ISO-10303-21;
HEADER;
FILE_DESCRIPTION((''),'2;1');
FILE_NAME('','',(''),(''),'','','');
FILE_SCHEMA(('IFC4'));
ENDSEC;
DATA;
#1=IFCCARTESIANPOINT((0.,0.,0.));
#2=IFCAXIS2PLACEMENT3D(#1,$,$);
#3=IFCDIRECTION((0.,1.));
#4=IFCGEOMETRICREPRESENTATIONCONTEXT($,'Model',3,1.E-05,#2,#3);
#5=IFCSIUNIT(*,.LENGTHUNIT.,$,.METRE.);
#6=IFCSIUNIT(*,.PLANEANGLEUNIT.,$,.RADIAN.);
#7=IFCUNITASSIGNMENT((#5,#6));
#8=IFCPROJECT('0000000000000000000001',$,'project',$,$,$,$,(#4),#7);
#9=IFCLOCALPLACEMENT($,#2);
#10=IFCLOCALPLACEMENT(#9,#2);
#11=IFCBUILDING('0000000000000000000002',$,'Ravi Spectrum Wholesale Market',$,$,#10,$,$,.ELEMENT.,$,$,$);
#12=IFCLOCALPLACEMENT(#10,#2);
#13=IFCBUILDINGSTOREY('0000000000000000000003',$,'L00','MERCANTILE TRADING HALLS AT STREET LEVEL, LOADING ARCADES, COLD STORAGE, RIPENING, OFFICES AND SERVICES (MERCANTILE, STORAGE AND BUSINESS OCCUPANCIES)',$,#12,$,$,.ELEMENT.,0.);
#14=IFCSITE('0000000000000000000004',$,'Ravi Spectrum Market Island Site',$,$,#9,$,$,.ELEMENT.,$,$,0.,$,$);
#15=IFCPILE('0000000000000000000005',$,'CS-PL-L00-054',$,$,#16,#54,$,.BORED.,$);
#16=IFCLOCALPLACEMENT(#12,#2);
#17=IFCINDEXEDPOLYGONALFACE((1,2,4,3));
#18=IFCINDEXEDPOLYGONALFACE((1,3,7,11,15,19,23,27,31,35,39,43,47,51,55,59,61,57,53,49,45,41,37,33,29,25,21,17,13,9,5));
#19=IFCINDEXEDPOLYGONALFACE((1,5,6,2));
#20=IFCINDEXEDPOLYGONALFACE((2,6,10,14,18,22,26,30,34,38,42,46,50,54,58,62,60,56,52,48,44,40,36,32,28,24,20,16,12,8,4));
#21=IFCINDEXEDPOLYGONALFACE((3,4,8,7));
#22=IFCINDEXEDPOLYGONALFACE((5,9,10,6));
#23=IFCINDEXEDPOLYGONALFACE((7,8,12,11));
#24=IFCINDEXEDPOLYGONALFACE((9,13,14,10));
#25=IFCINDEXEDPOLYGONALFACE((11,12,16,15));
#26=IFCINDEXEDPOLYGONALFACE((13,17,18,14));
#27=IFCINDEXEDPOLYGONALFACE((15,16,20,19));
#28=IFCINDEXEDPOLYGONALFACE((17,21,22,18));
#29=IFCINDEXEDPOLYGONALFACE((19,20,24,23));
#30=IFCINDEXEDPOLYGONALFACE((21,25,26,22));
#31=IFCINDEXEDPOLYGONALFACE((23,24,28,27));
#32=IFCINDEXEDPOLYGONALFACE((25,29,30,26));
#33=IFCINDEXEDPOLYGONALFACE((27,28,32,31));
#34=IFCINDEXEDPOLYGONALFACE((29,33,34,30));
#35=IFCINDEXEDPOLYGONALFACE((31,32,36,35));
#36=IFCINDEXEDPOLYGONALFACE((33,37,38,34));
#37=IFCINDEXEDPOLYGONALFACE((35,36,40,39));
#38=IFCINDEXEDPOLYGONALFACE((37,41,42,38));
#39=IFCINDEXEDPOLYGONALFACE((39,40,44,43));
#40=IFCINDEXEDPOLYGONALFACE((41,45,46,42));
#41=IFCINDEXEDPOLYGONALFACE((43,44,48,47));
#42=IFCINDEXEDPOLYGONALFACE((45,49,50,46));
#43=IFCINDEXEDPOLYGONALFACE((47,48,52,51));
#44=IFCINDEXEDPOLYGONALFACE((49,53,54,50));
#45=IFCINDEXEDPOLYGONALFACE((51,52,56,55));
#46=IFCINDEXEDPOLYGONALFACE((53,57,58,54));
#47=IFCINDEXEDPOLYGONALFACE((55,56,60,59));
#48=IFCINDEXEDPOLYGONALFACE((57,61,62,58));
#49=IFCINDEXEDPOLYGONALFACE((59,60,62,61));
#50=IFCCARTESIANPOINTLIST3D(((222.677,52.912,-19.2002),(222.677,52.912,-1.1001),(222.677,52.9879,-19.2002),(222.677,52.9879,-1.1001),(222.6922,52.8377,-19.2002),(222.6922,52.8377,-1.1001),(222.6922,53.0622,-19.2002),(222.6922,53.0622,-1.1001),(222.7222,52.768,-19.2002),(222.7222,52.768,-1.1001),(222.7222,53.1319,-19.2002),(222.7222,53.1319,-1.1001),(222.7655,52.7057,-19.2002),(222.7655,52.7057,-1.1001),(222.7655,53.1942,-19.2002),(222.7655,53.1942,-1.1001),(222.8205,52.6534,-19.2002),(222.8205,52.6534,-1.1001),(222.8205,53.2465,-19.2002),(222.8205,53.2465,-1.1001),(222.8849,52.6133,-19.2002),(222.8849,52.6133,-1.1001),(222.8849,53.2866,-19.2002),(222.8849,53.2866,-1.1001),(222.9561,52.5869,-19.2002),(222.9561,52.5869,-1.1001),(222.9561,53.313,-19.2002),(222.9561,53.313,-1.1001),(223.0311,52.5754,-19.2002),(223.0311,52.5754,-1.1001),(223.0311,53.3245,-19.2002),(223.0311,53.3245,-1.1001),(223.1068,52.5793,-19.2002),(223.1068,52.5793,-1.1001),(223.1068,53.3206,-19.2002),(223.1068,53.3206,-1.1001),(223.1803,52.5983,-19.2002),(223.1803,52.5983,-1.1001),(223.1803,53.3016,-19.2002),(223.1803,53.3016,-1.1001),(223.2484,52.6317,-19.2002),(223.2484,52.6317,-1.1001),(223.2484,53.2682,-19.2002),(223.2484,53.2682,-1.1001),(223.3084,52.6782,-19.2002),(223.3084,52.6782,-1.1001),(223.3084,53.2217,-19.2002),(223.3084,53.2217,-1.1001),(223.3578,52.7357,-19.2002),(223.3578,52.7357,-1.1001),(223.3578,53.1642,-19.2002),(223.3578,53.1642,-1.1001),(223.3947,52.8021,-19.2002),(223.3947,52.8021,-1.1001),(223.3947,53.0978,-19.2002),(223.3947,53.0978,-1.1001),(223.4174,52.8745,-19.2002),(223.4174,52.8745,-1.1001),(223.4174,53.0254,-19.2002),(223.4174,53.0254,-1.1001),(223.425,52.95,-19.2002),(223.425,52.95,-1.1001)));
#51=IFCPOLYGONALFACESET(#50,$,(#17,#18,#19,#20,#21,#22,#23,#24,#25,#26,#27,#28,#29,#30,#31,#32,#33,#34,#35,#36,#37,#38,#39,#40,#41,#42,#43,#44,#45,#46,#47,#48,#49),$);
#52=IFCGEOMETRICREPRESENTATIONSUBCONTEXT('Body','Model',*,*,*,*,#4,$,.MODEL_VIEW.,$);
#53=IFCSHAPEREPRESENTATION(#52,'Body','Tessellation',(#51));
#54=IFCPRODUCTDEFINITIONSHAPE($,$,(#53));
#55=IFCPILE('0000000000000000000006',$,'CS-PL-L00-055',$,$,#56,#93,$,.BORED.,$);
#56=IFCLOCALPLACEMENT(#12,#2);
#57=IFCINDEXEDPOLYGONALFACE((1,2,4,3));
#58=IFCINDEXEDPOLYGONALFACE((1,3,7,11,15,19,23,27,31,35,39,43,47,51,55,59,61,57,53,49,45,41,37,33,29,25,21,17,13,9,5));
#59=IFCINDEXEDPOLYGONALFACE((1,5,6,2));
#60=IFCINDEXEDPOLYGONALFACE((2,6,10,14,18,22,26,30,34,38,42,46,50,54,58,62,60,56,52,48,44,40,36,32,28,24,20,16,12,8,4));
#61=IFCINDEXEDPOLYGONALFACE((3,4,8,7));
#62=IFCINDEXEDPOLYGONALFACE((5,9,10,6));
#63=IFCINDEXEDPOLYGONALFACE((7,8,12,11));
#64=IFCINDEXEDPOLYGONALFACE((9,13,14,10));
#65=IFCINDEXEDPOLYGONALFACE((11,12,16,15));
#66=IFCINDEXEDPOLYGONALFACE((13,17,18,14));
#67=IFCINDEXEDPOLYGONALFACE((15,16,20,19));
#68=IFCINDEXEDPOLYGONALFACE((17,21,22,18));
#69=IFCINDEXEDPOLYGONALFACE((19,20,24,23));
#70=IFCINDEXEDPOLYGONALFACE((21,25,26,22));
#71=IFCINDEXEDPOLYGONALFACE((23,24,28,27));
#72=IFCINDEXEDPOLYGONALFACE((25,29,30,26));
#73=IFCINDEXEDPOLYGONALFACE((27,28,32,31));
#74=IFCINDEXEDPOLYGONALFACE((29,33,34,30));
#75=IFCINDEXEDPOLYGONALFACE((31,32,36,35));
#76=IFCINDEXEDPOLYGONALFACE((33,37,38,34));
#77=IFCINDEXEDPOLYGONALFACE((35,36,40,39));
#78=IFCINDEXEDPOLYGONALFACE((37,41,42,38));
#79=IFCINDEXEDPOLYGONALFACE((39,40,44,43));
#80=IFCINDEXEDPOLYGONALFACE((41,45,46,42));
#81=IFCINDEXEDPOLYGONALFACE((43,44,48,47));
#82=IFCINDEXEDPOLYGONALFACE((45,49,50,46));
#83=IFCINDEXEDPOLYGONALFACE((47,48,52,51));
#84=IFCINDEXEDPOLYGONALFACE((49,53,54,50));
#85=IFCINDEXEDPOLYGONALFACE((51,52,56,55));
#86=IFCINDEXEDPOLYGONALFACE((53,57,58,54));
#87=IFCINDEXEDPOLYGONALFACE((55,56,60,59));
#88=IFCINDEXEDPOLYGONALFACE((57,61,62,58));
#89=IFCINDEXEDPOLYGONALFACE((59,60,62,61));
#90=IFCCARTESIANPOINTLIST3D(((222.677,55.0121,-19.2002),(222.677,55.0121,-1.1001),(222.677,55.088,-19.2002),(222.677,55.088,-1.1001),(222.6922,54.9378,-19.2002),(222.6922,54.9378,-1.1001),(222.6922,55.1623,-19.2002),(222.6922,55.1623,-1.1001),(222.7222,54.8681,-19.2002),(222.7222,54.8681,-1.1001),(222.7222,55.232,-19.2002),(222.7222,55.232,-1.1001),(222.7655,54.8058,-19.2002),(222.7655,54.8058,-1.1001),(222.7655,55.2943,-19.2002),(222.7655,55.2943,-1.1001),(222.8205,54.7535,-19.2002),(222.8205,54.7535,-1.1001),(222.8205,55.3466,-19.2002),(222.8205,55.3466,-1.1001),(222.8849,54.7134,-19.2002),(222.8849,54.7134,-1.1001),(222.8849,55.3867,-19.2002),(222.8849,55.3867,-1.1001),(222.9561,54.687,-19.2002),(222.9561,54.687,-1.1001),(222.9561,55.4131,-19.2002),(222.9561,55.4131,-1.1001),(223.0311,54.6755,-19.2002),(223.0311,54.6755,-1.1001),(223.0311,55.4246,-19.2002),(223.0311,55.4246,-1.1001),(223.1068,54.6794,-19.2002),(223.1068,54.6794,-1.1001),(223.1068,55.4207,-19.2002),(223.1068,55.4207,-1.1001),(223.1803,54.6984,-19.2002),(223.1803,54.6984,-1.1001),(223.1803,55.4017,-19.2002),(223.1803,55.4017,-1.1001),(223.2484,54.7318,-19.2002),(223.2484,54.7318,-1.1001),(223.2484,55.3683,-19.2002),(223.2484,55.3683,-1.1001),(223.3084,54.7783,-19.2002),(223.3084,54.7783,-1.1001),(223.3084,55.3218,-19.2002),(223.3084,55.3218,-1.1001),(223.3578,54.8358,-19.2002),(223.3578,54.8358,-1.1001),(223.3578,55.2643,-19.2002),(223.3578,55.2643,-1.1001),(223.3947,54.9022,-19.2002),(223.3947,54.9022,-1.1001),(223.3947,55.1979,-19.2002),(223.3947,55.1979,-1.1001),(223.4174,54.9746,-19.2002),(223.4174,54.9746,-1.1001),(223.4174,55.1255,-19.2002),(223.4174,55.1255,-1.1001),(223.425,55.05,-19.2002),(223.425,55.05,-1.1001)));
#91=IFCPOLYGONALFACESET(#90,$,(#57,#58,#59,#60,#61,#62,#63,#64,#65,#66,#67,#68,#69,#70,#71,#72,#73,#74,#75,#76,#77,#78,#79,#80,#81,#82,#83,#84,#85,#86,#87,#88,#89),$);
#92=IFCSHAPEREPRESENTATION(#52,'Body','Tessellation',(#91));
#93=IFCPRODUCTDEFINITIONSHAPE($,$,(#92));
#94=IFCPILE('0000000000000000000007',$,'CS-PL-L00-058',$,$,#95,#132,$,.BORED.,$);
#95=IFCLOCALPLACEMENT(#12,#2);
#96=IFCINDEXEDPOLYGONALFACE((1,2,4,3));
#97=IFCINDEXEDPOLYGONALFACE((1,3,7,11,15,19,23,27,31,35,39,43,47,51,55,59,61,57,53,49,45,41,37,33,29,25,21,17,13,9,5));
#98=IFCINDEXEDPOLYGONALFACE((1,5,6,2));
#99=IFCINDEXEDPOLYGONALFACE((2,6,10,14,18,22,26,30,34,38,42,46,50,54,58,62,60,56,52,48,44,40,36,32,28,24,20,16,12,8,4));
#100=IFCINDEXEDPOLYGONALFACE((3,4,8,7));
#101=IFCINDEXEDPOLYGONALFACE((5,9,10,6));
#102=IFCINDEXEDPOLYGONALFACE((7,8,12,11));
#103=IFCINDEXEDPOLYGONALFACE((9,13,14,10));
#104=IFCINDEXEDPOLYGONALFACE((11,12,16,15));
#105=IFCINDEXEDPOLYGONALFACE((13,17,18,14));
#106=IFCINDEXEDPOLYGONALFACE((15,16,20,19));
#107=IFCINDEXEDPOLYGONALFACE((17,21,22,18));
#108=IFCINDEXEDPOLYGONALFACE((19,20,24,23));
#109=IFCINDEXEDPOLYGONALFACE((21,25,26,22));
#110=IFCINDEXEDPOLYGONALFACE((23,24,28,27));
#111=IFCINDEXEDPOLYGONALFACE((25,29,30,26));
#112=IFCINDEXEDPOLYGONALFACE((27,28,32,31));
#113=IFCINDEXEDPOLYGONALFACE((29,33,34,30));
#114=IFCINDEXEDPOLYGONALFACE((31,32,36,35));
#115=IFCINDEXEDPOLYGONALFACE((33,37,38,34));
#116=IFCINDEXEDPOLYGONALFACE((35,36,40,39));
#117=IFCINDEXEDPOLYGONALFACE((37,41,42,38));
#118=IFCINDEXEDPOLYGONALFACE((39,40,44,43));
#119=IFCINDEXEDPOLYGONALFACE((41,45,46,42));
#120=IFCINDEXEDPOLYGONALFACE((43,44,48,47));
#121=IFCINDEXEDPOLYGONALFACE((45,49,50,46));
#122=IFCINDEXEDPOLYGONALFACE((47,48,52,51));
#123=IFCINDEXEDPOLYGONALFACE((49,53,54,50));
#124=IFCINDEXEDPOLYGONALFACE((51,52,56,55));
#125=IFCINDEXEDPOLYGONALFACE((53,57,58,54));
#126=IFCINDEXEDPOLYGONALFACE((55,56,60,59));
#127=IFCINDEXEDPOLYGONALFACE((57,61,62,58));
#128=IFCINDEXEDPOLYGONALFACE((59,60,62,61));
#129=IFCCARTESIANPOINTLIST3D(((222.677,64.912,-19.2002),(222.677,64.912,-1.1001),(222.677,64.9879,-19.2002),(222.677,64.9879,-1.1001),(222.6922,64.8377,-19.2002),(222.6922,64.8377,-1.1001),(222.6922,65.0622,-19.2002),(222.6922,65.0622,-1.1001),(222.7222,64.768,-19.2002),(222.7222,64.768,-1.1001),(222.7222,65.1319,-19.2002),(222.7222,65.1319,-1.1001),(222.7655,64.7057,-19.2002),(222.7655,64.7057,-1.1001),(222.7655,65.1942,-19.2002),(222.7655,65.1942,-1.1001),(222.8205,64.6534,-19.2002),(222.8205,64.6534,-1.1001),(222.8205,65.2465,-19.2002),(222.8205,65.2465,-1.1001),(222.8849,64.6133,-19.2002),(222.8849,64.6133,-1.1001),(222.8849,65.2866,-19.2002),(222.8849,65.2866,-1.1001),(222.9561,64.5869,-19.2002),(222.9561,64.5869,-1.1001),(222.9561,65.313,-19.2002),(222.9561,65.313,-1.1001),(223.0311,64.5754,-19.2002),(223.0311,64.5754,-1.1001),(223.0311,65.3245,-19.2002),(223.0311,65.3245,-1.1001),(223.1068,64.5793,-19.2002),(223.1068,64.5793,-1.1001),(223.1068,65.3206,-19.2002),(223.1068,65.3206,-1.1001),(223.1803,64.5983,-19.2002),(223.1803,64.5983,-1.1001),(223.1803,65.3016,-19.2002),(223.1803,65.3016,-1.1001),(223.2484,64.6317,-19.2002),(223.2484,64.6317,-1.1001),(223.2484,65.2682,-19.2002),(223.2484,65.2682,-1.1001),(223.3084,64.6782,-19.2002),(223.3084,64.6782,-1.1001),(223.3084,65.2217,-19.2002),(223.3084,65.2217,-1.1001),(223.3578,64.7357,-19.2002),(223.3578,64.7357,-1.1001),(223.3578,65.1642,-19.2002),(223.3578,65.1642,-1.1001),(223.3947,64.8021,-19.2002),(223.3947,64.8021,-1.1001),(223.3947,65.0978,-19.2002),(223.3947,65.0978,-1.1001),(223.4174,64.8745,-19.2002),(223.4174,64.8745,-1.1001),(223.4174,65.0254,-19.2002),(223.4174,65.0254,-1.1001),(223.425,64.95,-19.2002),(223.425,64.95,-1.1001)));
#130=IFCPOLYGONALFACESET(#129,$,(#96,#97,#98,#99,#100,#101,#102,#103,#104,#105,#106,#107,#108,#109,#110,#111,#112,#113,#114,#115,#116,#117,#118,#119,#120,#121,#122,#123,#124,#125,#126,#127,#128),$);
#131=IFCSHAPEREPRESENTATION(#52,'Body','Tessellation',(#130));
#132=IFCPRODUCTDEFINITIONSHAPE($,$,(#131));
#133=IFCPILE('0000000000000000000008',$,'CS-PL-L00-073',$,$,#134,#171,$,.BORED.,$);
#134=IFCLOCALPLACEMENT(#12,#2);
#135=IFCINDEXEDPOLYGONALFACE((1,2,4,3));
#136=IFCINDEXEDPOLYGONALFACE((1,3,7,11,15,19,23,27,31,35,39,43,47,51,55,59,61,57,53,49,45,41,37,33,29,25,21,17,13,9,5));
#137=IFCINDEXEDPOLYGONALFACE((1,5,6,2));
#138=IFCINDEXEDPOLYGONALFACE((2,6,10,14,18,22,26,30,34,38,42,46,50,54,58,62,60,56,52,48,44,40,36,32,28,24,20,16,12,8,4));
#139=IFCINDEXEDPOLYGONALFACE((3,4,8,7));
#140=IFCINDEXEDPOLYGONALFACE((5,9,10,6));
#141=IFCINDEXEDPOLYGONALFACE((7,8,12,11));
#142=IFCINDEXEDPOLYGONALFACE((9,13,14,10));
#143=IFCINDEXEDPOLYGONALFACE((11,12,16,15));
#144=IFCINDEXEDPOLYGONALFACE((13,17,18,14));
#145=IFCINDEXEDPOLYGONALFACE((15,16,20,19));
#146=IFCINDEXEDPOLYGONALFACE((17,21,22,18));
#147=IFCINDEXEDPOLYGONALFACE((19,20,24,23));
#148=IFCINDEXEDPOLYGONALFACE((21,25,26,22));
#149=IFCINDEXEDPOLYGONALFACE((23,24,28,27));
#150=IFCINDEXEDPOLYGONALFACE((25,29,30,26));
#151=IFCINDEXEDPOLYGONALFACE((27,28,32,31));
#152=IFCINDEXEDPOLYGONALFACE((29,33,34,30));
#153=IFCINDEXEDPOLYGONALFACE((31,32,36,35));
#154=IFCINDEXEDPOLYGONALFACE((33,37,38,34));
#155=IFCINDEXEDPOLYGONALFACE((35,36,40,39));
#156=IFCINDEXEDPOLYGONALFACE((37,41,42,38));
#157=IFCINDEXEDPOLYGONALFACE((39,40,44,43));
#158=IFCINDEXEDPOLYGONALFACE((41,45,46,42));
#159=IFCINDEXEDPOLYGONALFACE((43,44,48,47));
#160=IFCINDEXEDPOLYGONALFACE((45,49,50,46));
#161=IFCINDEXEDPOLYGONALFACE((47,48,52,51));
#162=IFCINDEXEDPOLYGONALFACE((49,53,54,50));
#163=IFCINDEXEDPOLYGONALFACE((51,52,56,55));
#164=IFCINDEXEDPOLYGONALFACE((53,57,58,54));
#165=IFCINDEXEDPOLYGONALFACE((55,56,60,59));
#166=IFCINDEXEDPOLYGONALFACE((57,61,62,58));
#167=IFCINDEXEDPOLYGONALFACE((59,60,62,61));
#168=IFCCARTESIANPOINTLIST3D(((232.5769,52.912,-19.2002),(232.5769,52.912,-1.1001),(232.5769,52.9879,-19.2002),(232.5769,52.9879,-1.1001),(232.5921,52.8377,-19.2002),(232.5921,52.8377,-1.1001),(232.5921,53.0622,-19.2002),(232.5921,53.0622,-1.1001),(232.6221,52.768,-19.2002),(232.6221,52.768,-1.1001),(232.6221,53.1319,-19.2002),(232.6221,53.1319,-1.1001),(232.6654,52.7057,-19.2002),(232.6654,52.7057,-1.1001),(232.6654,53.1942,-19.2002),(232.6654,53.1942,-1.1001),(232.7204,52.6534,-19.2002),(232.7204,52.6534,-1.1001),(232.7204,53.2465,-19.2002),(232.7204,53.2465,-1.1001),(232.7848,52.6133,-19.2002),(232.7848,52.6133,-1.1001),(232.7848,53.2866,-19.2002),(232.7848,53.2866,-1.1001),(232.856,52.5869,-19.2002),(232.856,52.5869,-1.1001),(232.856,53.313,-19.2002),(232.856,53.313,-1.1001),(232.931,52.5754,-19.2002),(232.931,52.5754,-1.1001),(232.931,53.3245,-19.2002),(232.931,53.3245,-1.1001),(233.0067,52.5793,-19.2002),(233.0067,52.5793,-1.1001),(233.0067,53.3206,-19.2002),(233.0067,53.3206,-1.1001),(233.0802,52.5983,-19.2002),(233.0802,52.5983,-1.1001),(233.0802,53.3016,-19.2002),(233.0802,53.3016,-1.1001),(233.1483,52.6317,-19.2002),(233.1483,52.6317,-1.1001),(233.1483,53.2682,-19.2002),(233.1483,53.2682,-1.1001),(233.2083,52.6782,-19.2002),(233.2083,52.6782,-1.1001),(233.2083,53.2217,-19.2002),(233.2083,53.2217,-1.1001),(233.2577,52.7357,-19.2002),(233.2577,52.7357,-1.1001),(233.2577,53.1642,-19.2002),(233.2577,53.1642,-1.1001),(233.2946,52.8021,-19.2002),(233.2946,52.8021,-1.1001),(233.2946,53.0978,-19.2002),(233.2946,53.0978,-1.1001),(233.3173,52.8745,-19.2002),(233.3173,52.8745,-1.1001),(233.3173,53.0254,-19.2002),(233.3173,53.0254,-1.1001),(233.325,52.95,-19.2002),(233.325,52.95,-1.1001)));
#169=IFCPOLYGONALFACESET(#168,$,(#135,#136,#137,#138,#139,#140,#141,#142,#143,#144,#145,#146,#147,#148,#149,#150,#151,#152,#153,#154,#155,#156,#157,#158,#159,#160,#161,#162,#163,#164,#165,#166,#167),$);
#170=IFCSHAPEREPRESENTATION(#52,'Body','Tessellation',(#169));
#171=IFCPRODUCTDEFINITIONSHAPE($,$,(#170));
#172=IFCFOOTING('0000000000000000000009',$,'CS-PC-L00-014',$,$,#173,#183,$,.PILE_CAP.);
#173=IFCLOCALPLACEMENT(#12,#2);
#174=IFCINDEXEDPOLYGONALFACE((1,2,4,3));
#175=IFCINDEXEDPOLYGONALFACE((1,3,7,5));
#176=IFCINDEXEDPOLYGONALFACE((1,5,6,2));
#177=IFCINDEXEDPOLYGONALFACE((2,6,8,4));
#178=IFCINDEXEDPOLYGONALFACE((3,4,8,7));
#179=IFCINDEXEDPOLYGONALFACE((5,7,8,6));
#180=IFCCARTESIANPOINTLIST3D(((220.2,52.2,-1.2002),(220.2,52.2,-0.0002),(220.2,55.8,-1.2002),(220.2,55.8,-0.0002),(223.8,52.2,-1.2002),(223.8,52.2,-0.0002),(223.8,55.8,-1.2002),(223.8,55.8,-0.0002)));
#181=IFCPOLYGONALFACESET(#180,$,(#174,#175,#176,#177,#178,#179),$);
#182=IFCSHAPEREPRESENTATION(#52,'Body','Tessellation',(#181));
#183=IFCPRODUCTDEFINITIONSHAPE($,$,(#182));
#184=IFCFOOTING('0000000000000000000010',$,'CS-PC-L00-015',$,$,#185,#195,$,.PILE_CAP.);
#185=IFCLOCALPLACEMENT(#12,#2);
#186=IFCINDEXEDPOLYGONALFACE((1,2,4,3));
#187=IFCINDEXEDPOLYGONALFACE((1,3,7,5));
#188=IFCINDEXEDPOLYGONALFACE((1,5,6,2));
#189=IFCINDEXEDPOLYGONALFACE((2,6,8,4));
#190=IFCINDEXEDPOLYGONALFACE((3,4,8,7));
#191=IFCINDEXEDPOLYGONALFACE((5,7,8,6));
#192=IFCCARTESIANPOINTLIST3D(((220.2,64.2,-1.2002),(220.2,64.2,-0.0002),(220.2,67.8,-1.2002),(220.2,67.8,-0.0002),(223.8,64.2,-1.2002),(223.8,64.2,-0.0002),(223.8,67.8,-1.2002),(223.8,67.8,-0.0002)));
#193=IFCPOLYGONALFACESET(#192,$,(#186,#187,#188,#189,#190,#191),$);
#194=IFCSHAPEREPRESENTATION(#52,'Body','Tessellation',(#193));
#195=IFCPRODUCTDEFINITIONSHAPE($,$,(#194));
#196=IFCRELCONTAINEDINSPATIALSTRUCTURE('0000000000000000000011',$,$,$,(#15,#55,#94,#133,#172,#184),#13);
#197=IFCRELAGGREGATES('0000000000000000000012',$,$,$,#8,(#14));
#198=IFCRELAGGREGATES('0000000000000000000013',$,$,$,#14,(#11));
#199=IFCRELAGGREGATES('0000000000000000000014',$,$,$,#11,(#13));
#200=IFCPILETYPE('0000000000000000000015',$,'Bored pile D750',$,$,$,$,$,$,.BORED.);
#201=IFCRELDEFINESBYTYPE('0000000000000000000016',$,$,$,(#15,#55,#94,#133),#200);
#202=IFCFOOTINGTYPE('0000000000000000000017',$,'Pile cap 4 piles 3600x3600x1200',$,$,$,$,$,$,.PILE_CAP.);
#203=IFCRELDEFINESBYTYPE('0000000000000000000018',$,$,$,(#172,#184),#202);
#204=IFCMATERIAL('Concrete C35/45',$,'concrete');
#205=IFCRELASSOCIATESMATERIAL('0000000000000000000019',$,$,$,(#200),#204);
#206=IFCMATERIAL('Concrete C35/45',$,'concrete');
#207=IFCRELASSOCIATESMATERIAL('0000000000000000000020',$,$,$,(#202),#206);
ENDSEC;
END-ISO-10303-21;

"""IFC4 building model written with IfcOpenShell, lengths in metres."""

from ifc_helpers import new_model, si_unit, direction, frame, origin, origin_2d, place, context, subcontext, project, spatial, rectangle, circle, extrude, material, material_profile, profile_set, type_object, element, save


model = new_model("IFC4")

# Units and contexts
model_context = context("Model", 3, precision=1e-05, world=origin(), true_north=direction((0.0, 1.0)))
body_context = subcontext(model_context, "Body", "Model", "MODEL_VIEW")
ifc_project = project(units=[si_unit("LENGTHUNIT", "METRE"), si_unit("PLANEANGLEUNIT", "RADIAN")], contexts=[model_context])

# Site, building, storey
site_placement = place(None, origin())
site = spatial("IfcSite", under=ifc_project, at=site_placement, Name="Ravi Spectrum Market Island Site", CompositionType="ELEMENT", RefElevation=0.0)
building_placement = place(site_placement, origin())
building = spatial("IfcBuilding", under=site, at=building_placement, Name="Ravi Spectrum Wholesale Market", CompositionType="ELEMENT")
storey_placement = place(building_placement, origin())
storey = spatial("IfcBuildingStorey", under=building, at=storey_placement, Name="L00", Description="MERCANTILE TRADING HALLS AT STREET LEVEL, LOADING ARCADES, COLD STORAGE, RIPENING, OFFICES AND SERVICES (MERCANTILE, STORAGE AND BUSINESS OCCUPANCIES)", CompositionType="ELEMENT", Elevation=0.0)

# Piles
ifc_material_1 = material(Name="Concrete C35/45", Category="concrete")
ifc_material_profile_1 = material_profile(ifc_material_1, circle(Radius=0.375, at=origin_2d()))
ifc_profile_set_1 = profile_set([ifc_material_profile_1], Name="Concrete C35/45")
pile_type = type_object("IfcPileType", Name="Bored pile D750", PredefinedType="BORED", material=ifc_profile_set_1)
for number, where, z_axis, x_axis, name in (
    (1, (223.05, 52.95, -1.1001), (0.0, 0.0, -1.0), (1.0, 0.0, 0.0), "CS-PL-L00-054"),
    (2, (223.05, 55.05, -1.1001), (0.0, 0.0, -1.0), (1.0, 0.0, 0.0), "CS-PL-L00-055"),
    (3, (223.05, 64.95, -1.1001), (0.0, 0.0, -1.0), (1.0, 0.0, 0.0), "CS-PL-L00-058"),
    (4, (232.95, 52.95, -1.1001), (0.0, 0.0, -1.0), (1.0, 0.0, 0.0), "CS-PL-L00-073"),
):
    element("IfcPile", number, at=place(storey_placement, frame(where, z_axis=z_axis, x_axis=x_axis)), inside=storey, type_object=pile_type, Name=name, PredefinedType="BORED", context=body_context, shape_type="SweptSolid", body=[
        extrude(circle(Radius=0.375, at=origin_2d()), origin(), (0.0, 0.0, 1.0), 18.1001),
    ])

# Footings
ifc_material_2 = material(Name="Concrete C35/45", Category="concrete")
footing_type = type_object("IfcFootingType", Name="Pile cap 4 piles 3600x3600x1200", PredefinedType="PILE_CAP", material=ifc_material_2)
for number, where, z_axis, x_axis, name in (
    (5, (222.0, 54.0, -1.2002), (0.0, 0.0, 1.0), (1.0, 0.0, 0.0), "CS-PC-L00-014"),
    (6, (222.0, 66.0, -1.2002), (0.0, 0.0, 1.0), (1.0, 0.0, 0.0), "CS-PC-L00-015"),
):
    element("IfcFooting", number, at=place(storey_placement, frame(where, z_axis=z_axis, x_axis=x_axis)), inside=storey, type_object=footing_type, Name=name, PredefinedType="PILE_CAP", context=body_context, shape_type="SweptSolid", body=[
        extrude(rectangle(XDim=3.6001, YDim=3.6001, at=origin_2d()), origin(), (0.0, 0.0, 1.0), 1.2),
    ])

save(model, "model.ifc")
